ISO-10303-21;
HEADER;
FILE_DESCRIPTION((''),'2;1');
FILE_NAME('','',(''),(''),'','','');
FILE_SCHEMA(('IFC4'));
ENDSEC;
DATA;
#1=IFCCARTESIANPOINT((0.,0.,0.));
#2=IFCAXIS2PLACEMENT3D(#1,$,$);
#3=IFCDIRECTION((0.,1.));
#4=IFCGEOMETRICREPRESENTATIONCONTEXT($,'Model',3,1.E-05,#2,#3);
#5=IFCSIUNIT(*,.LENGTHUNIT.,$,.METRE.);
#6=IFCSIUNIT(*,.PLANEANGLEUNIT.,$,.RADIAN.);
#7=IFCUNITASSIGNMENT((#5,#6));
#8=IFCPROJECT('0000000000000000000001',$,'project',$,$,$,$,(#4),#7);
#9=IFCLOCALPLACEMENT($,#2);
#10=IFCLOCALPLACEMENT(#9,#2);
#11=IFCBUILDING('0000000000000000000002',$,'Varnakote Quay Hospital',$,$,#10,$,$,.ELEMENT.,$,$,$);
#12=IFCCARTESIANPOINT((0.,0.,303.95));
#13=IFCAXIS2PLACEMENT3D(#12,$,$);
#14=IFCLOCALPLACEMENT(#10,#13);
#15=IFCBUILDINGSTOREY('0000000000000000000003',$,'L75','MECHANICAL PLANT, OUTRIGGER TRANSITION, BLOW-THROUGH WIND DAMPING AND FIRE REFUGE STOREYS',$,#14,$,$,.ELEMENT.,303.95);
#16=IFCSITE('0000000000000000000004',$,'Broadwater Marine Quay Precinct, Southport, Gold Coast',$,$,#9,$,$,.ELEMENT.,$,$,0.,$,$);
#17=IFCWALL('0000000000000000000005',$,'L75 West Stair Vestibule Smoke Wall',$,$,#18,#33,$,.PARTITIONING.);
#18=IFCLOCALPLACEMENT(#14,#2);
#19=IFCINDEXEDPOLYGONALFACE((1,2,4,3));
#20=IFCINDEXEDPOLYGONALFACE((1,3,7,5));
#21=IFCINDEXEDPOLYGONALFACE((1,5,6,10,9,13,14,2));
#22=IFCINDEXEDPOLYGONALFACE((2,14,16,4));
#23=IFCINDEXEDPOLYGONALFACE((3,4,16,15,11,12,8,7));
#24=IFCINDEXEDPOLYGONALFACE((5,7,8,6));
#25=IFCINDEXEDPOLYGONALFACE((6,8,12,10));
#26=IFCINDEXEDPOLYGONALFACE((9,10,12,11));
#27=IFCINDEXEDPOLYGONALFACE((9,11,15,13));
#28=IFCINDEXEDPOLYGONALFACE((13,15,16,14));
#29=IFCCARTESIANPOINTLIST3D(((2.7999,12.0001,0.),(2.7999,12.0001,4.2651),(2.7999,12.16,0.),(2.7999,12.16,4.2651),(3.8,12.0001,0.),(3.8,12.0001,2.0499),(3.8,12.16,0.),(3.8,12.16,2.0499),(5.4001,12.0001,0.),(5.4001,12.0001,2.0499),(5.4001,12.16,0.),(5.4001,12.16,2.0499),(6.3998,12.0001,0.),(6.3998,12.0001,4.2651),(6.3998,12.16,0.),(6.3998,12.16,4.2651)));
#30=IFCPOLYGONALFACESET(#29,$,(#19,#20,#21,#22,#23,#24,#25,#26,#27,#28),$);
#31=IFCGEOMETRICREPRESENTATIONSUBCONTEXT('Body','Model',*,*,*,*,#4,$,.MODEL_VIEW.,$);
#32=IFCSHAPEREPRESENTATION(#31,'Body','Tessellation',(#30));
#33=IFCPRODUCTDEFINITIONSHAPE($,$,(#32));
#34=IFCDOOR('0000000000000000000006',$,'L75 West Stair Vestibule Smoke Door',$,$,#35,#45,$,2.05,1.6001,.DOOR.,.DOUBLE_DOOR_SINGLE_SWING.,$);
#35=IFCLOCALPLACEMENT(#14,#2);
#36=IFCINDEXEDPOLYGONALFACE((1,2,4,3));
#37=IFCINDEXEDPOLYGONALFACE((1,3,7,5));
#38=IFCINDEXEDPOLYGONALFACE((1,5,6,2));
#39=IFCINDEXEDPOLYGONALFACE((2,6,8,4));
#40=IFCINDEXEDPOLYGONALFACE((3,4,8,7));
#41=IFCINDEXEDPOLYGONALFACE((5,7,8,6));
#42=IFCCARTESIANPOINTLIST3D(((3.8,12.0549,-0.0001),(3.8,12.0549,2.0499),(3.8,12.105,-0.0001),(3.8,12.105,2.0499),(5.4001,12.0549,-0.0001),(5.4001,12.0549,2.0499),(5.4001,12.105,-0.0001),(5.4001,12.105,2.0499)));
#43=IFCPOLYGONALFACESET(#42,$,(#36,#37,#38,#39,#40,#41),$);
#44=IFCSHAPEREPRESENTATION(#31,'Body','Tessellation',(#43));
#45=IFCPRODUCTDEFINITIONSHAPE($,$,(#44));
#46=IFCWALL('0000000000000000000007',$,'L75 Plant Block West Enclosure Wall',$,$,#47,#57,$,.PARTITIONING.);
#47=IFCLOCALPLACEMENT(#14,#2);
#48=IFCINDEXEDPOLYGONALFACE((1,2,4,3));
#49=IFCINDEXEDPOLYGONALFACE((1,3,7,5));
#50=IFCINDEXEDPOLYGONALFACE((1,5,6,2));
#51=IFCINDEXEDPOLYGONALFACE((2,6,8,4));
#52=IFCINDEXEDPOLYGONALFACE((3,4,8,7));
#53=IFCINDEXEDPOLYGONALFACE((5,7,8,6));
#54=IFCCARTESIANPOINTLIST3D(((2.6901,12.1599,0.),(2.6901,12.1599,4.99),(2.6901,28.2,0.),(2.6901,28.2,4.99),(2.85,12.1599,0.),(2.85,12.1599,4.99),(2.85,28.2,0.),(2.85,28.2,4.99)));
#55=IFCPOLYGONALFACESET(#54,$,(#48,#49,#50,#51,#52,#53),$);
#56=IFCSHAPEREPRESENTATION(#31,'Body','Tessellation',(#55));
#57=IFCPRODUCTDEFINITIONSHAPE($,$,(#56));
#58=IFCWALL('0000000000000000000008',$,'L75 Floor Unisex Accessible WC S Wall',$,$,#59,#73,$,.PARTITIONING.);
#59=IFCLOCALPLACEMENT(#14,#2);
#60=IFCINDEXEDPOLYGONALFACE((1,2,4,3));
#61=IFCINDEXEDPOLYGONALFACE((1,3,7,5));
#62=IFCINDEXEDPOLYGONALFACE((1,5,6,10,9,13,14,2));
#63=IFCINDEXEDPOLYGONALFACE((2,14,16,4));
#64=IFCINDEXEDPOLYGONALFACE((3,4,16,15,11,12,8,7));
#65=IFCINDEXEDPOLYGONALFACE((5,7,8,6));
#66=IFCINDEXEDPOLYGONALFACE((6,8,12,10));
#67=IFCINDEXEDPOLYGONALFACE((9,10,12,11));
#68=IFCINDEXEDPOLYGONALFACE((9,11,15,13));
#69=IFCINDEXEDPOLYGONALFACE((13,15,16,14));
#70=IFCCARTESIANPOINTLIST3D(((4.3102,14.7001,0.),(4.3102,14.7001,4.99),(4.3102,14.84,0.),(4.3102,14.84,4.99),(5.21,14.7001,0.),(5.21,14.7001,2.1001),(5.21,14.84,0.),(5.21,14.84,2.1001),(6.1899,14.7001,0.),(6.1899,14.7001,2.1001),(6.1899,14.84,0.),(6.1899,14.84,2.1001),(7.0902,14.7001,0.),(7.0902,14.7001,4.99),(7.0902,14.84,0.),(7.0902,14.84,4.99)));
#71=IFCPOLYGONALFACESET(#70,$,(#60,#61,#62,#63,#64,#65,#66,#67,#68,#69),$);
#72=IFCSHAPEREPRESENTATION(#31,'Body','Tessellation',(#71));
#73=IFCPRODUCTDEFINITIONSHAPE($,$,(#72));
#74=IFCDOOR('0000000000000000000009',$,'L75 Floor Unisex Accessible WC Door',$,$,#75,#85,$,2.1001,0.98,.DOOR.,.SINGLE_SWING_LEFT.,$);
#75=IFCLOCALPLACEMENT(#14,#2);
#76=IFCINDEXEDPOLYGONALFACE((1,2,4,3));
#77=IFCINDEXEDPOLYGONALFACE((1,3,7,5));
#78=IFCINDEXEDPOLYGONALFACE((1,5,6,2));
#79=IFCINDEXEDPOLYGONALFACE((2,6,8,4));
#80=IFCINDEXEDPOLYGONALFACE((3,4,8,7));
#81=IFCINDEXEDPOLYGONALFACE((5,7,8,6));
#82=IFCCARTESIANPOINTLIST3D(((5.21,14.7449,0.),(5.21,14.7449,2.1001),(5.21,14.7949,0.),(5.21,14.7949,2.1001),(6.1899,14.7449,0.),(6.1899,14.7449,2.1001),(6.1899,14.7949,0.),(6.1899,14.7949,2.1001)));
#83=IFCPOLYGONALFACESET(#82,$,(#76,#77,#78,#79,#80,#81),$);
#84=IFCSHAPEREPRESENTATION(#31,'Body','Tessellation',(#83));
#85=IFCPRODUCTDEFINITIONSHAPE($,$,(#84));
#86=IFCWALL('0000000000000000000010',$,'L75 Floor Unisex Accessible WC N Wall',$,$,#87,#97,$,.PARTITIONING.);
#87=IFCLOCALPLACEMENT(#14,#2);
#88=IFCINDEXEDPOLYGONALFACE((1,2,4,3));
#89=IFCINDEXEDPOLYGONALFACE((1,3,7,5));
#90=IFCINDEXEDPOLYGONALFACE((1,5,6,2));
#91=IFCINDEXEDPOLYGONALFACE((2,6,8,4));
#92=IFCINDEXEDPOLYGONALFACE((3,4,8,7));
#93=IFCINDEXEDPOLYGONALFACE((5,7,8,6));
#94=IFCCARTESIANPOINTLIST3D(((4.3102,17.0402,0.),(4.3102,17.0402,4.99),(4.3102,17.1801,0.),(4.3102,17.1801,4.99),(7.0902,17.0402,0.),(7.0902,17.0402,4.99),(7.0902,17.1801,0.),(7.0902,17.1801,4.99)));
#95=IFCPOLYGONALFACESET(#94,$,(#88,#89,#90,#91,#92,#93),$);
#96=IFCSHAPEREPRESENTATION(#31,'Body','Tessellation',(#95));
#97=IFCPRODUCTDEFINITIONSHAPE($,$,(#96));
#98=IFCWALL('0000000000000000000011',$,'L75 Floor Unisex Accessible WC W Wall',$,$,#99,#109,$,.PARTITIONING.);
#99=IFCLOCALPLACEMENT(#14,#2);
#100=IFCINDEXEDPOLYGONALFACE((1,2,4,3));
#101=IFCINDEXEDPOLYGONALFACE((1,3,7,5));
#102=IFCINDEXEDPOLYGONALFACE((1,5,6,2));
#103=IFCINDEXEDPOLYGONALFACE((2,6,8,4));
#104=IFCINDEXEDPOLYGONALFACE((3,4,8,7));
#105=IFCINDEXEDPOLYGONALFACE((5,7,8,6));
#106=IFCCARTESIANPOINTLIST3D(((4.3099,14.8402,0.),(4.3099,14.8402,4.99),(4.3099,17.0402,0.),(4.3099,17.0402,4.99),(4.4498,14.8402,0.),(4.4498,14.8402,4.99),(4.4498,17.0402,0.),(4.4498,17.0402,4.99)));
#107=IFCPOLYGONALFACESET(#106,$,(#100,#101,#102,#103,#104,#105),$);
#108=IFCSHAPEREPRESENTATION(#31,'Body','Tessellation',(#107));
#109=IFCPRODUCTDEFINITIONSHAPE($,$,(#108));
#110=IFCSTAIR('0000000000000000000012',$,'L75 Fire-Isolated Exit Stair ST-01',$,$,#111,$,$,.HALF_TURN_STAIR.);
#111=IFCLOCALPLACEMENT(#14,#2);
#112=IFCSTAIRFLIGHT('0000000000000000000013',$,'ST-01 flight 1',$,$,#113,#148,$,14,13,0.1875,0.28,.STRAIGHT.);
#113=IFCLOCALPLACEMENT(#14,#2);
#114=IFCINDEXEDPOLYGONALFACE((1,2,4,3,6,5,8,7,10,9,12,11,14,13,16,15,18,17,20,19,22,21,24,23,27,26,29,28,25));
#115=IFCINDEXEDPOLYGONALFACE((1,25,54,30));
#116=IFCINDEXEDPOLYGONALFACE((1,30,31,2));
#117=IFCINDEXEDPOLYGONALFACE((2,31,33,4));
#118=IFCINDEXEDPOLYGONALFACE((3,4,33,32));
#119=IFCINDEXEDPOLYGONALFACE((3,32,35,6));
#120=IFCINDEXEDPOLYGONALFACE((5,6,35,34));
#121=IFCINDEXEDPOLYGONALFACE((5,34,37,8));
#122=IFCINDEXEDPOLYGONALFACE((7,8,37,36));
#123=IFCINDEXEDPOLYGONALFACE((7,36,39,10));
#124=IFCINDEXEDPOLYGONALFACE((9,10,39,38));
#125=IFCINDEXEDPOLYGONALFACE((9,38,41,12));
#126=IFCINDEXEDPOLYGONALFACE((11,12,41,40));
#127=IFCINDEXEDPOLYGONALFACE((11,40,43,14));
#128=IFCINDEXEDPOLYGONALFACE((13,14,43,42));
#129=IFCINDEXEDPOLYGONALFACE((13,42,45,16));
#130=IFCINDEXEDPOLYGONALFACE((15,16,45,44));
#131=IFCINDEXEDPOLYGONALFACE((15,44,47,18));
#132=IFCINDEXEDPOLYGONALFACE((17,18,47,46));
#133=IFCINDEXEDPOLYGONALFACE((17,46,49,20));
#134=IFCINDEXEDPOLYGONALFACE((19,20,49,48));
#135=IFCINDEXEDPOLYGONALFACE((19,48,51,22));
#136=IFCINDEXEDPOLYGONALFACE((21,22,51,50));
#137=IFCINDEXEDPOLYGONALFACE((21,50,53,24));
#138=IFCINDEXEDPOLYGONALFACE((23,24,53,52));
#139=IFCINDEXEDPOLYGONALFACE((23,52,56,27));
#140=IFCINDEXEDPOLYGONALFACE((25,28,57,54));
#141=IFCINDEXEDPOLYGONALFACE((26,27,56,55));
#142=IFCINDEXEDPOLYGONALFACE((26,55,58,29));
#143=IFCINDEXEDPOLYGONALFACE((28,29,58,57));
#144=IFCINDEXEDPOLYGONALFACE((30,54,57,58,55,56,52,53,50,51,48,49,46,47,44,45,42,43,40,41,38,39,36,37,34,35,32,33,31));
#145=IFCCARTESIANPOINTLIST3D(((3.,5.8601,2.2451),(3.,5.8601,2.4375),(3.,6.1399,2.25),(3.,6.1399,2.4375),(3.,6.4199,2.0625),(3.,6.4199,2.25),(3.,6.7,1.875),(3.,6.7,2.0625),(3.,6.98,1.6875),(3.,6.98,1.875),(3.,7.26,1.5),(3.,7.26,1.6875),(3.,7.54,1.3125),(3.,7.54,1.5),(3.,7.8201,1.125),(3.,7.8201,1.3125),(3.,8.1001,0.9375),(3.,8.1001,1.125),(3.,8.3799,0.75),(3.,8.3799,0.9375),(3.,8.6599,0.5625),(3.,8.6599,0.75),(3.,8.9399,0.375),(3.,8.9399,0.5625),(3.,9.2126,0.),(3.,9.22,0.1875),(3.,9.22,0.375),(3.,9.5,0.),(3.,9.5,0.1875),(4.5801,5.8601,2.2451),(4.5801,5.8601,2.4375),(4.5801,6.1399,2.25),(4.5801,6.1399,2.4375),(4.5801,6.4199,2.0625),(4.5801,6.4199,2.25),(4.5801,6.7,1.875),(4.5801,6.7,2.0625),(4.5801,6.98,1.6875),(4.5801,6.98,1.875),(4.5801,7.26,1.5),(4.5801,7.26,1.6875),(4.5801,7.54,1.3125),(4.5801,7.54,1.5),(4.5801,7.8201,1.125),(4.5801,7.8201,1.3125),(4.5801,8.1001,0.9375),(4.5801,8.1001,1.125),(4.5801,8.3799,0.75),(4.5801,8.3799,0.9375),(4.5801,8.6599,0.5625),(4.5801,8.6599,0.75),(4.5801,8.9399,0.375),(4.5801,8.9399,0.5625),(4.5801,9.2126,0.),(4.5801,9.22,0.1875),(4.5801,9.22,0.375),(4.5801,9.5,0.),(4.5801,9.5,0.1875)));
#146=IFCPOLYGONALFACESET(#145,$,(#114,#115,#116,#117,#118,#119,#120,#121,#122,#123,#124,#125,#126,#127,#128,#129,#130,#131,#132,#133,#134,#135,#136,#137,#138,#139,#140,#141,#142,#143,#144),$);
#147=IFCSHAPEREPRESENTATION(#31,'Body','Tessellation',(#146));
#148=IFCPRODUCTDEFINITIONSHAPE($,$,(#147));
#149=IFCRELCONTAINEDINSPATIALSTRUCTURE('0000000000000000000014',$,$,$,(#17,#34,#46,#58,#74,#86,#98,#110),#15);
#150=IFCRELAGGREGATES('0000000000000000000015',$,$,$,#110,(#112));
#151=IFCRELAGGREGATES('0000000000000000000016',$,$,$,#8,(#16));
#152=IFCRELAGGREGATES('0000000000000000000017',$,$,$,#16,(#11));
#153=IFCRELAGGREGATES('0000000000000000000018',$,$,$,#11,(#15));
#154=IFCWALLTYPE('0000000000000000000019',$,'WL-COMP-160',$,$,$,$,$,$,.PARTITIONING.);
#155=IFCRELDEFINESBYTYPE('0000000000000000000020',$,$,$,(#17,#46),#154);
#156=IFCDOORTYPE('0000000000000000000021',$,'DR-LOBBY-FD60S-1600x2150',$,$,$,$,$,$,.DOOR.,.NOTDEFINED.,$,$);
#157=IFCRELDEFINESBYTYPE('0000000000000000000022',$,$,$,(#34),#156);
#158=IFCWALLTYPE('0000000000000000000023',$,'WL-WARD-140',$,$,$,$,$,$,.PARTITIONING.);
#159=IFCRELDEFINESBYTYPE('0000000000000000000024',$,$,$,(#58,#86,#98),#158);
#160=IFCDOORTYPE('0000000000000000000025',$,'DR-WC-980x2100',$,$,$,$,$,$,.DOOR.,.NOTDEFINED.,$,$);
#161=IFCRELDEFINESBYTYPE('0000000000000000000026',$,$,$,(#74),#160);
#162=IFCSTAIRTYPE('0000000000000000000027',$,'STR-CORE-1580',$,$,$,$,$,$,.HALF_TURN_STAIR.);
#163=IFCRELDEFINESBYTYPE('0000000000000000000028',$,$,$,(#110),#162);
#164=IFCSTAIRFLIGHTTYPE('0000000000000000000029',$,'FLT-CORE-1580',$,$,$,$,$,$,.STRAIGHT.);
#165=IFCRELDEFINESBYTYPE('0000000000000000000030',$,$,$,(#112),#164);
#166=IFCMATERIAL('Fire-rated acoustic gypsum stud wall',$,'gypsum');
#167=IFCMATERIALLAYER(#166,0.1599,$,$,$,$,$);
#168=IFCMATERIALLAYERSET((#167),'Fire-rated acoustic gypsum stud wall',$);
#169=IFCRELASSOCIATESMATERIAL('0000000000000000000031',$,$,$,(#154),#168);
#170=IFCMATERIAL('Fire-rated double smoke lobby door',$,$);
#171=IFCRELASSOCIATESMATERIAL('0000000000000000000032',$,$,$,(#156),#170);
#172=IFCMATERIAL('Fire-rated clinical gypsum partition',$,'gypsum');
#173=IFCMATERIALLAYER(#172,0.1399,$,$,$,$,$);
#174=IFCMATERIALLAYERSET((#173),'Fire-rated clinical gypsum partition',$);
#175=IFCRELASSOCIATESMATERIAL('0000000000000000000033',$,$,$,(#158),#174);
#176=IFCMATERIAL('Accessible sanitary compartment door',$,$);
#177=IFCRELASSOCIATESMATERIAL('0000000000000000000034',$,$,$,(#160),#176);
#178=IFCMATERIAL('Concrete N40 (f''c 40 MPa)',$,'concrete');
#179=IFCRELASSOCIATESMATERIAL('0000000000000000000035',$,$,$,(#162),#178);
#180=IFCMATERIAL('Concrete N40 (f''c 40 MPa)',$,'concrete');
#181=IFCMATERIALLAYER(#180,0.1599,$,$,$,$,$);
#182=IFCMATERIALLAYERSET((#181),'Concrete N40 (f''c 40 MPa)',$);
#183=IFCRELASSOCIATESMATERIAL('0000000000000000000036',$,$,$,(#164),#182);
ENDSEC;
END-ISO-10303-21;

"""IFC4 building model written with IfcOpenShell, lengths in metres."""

from ifc_helpers import new_model, si_unit, direction, frame, frame_2d, origin, place, context, subcontext, project, spatial, polyline, rectangle, outline, extrude, material, layer, layer_set, type_object, element, fill, aggregate, save


model = new_model("IFC4")

# Units and contexts
model_context = context("Model", 3, precision=1e-05, world=origin(), true_north=direction((0.0, 1.0)))
body_context = subcontext(model_context, "Body", "Model", "MODEL_VIEW")
ifc_project = project(units=[si_unit("LENGTHUNIT", "METRE"), si_unit("PLANEANGLEUNIT", "RADIAN")], contexts=[model_context])

# Site, building, storey
site_placement = place(None, origin())
site = spatial("IfcSite", under=ifc_project, at=site_placement, Name="Broadwater Marine Quay Precinct, Southport, Gold Coast", CompositionType="ELEMENT", RefElevation=0.0)
building_placement = place(site_placement, origin())
building = spatial("IfcBuilding", under=site, at=building_placement, Name="Varnakote Quay Hospital", CompositionType="ELEMENT")
storey_placement = place(building_placement, frame((0.0, 0.0, 303.95)))
storey = spatial("IfcBuildingStorey", under=building, at=storey_placement, Name="L75", Description="MECHANICAL PLANT, OUTRIGGER TRANSITION, BLOW-THROUGH WIND DAMPING AND FIRE REFUGE STOREYS", CompositionType="ELEMENT", Elevation=303.95)

# Shared definitions
ifc_material_1 = material(Name="Fire-rated acoustic gypsum stud wall", Category="gypsum")
ifc_layer_1 = layer(ifc_material_1, 0.1599)
ifc_layer_set_1 = layer_set([ifc_layer_1], Name="Fire-rated acoustic gypsum stud wall")
wall_type_1 = type_object("IfcWallType", Name="WL-COMP-160", PredefinedType="PARTITIONING", material=ifc_layer_set_1)

# Wall, opening, door
wall_1_placement = place(storey_placement, frame((2.8, 12.0801, 0.0), z_axis=(0.0, 0.0, 1.0), x_axis=(1.0, 0.0, 0.0)))
wall_1 = element("IfcWall", 1, at=wall_1_placement, inside=storey, type_object=wall_type_1, Name="L75 West Stair Vestibule Smoke Wall", PredefinedType="PARTITIONING", context=body_context, shape_type="SweptSolid", body=[
    extrude(rectangle(XDim=3.5999, YDim=0.1599, at=frame_2d((1.7998, 0.0))), origin(), (0.0, 0.0, 1.0), 4.2651),
])
opening_1_placement = place(wall_1_placement, frame((1.0, 0.0, 0.0)))
opening_1 = element("IfcOpeningElement", 2, at=opening_1_placement, cuts=wall_1, PredefinedType="OPENING", context=body_context, shape_type="SweptSolid", body=[
    extrude(rectangle(XDim=1.6001, YDim=2.05, at=frame_2d((0.8, 1.0249))), frame((0.0, 0.0898, 0.0), z_axis=(0.0, -1.0, 0.0), x_axis=(1.0, 0.0, 0.0)), (0.0, 0.0, 1.0), 0.1799),
])
ifc_material_2 = material(Name="Fire-rated double smoke lobby door")
door_type_1 = type_object("IfcDoorType", Name="DR-LOBBY-FD60S-1600x2150", OperationType="NOTDEFINED", PredefinedType="DOOR", material=ifc_material_2)
door_1_placement = place(opening_1_placement, origin())
door_1 = element("IfcDoor", 3, at=door_1_placement, inside=storey, type_object=door_type_1, Name="L75 West Stair Vestibule Smoke Door", OperationType="DOUBLE_DOOR_SINGLE_SWING", OverallHeight=2.05, OverallWidth=1.6001, PredefinedType="DOOR", context=body_context, shape_type="SweptSolid", body=[
    extrude(rectangle(XDim=1.6001, YDim=2.05, at=frame_2d((0.8, 1.0249))), frame((0.0, 0.0249, 0.0), z_axis=(0.0, -1.0, 0.0), x_axis=(1.0, 0.0, 0.0)), (0.0, 0.0, 1.0), 0.05),
])
fill(opening_1, door_1)

# Wall
wall_2_placement = place(storey_placement, frame((2.77, 12.1599, 0.0), z_axis=(0.0, 0.0, 1.0), x_axis=(0.0, 1.0, 0.0)))
element("IfcWall", 4, at=wall_2_placement, inside=storey, type_object=wall_type_1, Name="L75 Plant Block West Enclosure Wall", PredefinedType="PARTITIONING", context=body_context, shape_type="SweptSolid", body=[
    extrude(rectangle(XDim=16.04, YDim=0.1599, at=frame_2d((8.02, 0.0))), origin(), (0.0, 0.0, 1.0), 4.99),
])

# Wall, opening, door
ifc_material_3 = material(Name="Fire-rated clinical gypsum partition", Category="gypsum")
ifc_layer_2 = layer(ifc_material_3, 0.1399)
ifc_layer_set_2 = layer_set([ifc_layer_2], Name="Fire-rated clinical gypsum partition")
wall_type_2 = type_object("IfcWallType", Name="WL-WARD-140", PredefinedType="PARTITIONING", material=ifc_layer_set_2)
wall_3_placement = place(storey_placement, frame((4.3101, 14.77, 0.0), z_axis=(0.0, 0.0, 1.0), x_axis=(1.0, 0.0, 0.0)))
wall_3 = element("IfcWall", 5, at=wall_3_placement, inside=storey, type_object=wall_type_2, Name="L75 Floor Unisex Accessible WC S Wall", PredefinedType="PARTITIONING", context=body_context, shape_type="SweptSolid", body=[
    extrude(rectangle(XDim=2.78, YDim=0.1399, at=frame_2d((1.3901, 0.0))), origin(), (0.0, 0.0, 1.0), 4.99),
])
opening_2_placement = place(wall_3_placement, frame((0.8999, 0.0, 0.0)))
opening_2 = element("IfcOpeningElement", 6, at=opening_2_placement, cuts=wall_3, PredefinedType="OPENING", context=body_context, shape_type="SweptSolid", body=[
    extrude(rectangle(XDim=0.98, YDim=2.1001, at=frame_2d((0.49, 1.05))), frame((0.0, 0.0798, 0.0), z_axis=(0.0, -1.0, 0.0), x_axis=(1.0, 0.0, 0.0)), (0.0, 0.0, 1.0), 0.1599),
])
ifc_material_4 = material(Name="Accessible sanitary compartment door")
door_type_2 = type_object("IfcDoorType", Name="DR-WC-980x2100", OperationType="NOTDEFINED", PredefinedType="DOOR", material=ifc_material_4)
door_2_placement = place(opening_2_placement, origin())
door_2 = element("IfcDoor", 7, at=door_2_placement, inside=storey, type_object=door_type_2, Name="L75 Floor Unisex Accessible WC Door", OperationType="SINGLE_SWING_LEFT", OverallHeight=2.1001, OverallWidth=0.98, PredefinedType="DOOR", context=body_context, shape_type="SweptSolid", body=[
    extrude(rectangle(XDim=0.98, YDim=2.1001, at=frame_2d((0.49, 1.05))), frame((0.0, 0.0249, 0.0), z_axis=(0.0, -1.0, 0.0), x_axis=(1.0, 0.0, 0.0)), (0.0, 0.0, 1.0), 0.05),
])
fill(opening_2, door_2)

# Walls
wall_4_placement = place(storey_placement, frame((4.3101, 17.1101, 0.0), z_axis=(0.0, 0.0, 1.0), x_axis=(1.0, 0.0, 0.0)))
element("IfcWall", 8, at=wall_4_placement, inside=storey, type_object=wall_type_2, Name="L75 Floor Unisex Accessible WC N Wall", PredefinedType="PARTITIONING", context=body_context, shape_type="SweptSolid", body=[
    extrude(rectangle(XDim=2.78, YDim=0.1399, at=frame_2d((1.3901, 0.0))), origin(), (0.0, 0.0, 1.0), 4.99),
])
wall_5_placement = place(storey_placement, frame((4.3799, 14.8401, 0.0), z_axis=(0.0, 0.0, 1.0), x_axis=(0.0, 1.0, 0.0)))
element("IfcWall", 9, at=wall_5_placement, inside=storey, type_object=wall_type_2, Name="L75 Floor Unisex Accessible WC W Wall", PredefinedType="PARTITIONING", context=body_context, shape_type="SweptSolid", body=[
    extrude(rectangle(XDim=2.2, YDim=0.1399, at=frame_2d((1.1001, 0.0))), origin(), (0.0, 0.0, 1.0), 4.99),
])

# Stair, stair flight
ifc_material_5 = material(Name="Concrete N40 (f'c 40 MPa)", Category="concrete")
stair_type = type_object("IfcStairType", Name="STR-CORE-1580", PredefinedType="HALF_TURN_STAIR", material=ifc_material_5)
stair_placement = place(storey_placement, origin())
stair = element("IfcStair", 10, at=stair_placement, inside=storey, type_object=stair_type, Name="L75 Fire-Isolated Exit Stair ST-01", PredefinedType="HALF_TURN_STAIR")
ifc_material_6 = material(Name="Concrete N40 (f'c 40 MPa)", Category="concrete")
ifc_layer_3 = layer(ifc_material_6, 0.1599)
ifc_layer_set_3 = layer_set([ifc_layer_3], Name="Concrete N40 (f'c 40 MPa)")
stair_flight_type = type_object("IfcStairFlightType", Name="FLT-CORE-1580", PredefinedType="STRAIGHT", material=ifc_layer_set_3)
stair_flight_placement = place(storey_placement, frame((3.79, 9.5, 0.0), z_axis=(0.0, 0.0, 1.0), x_axis=(0.0, -1.0, 0.0)))
stair_flight = element("IfcStairFlight", 11, at=stair_flight_placement, type_object=stair_flight_type, Name="ST-01 flight 1", NumberOfRisers=14, NumberOfTreads=13, PredefinedType="STRAIGHT", RiserHeight=0.1875, TreadLength=0.28, context=body_context, shape_type="SweptSolid", body=[
    extrude(outline(polyline([(0.0, 0.0), (0.0, 0.1875), (0.28, 0.1875), (0.28, 0.375), (0.5601, 0.375), (0.5601, 0.5625), (0.8401, 0.5625), (0.8401, 0.75), (1.1201, 0.75), (1.1201, 0.9375), (1.3999, 0.9375), (1.3999, 1.125), (1.6799, 1.125), (1.6799, 1.3125), (1.96, 1.3125), (1.96, 1.5), (2.24, 1.5), (2.24, 1.6875), (2.52, 1.6875), (2.52, 1.875), (2.8, 1.875), (2.8, 2.0625), (3.0801, 2.0625), (3.0801, 2.25), (3.3601, 2.25), (3.3601, 2.4375), (3.6399, 2.4375), (3.6399, 2.625), (3.6399, 2.2451), (0.2874, 0.0), (0.0, 0.0)])), frame((0.0, 0.79, 0.0), z_axis=(0.0, -1.0, 0.0), x_axis=(1.0, 0.0, 0.0)), (0.0, 0.0, 1.0), 1.5801),
])
aggregate(stair, [stair_flight])

save(model, "model.ifc")
